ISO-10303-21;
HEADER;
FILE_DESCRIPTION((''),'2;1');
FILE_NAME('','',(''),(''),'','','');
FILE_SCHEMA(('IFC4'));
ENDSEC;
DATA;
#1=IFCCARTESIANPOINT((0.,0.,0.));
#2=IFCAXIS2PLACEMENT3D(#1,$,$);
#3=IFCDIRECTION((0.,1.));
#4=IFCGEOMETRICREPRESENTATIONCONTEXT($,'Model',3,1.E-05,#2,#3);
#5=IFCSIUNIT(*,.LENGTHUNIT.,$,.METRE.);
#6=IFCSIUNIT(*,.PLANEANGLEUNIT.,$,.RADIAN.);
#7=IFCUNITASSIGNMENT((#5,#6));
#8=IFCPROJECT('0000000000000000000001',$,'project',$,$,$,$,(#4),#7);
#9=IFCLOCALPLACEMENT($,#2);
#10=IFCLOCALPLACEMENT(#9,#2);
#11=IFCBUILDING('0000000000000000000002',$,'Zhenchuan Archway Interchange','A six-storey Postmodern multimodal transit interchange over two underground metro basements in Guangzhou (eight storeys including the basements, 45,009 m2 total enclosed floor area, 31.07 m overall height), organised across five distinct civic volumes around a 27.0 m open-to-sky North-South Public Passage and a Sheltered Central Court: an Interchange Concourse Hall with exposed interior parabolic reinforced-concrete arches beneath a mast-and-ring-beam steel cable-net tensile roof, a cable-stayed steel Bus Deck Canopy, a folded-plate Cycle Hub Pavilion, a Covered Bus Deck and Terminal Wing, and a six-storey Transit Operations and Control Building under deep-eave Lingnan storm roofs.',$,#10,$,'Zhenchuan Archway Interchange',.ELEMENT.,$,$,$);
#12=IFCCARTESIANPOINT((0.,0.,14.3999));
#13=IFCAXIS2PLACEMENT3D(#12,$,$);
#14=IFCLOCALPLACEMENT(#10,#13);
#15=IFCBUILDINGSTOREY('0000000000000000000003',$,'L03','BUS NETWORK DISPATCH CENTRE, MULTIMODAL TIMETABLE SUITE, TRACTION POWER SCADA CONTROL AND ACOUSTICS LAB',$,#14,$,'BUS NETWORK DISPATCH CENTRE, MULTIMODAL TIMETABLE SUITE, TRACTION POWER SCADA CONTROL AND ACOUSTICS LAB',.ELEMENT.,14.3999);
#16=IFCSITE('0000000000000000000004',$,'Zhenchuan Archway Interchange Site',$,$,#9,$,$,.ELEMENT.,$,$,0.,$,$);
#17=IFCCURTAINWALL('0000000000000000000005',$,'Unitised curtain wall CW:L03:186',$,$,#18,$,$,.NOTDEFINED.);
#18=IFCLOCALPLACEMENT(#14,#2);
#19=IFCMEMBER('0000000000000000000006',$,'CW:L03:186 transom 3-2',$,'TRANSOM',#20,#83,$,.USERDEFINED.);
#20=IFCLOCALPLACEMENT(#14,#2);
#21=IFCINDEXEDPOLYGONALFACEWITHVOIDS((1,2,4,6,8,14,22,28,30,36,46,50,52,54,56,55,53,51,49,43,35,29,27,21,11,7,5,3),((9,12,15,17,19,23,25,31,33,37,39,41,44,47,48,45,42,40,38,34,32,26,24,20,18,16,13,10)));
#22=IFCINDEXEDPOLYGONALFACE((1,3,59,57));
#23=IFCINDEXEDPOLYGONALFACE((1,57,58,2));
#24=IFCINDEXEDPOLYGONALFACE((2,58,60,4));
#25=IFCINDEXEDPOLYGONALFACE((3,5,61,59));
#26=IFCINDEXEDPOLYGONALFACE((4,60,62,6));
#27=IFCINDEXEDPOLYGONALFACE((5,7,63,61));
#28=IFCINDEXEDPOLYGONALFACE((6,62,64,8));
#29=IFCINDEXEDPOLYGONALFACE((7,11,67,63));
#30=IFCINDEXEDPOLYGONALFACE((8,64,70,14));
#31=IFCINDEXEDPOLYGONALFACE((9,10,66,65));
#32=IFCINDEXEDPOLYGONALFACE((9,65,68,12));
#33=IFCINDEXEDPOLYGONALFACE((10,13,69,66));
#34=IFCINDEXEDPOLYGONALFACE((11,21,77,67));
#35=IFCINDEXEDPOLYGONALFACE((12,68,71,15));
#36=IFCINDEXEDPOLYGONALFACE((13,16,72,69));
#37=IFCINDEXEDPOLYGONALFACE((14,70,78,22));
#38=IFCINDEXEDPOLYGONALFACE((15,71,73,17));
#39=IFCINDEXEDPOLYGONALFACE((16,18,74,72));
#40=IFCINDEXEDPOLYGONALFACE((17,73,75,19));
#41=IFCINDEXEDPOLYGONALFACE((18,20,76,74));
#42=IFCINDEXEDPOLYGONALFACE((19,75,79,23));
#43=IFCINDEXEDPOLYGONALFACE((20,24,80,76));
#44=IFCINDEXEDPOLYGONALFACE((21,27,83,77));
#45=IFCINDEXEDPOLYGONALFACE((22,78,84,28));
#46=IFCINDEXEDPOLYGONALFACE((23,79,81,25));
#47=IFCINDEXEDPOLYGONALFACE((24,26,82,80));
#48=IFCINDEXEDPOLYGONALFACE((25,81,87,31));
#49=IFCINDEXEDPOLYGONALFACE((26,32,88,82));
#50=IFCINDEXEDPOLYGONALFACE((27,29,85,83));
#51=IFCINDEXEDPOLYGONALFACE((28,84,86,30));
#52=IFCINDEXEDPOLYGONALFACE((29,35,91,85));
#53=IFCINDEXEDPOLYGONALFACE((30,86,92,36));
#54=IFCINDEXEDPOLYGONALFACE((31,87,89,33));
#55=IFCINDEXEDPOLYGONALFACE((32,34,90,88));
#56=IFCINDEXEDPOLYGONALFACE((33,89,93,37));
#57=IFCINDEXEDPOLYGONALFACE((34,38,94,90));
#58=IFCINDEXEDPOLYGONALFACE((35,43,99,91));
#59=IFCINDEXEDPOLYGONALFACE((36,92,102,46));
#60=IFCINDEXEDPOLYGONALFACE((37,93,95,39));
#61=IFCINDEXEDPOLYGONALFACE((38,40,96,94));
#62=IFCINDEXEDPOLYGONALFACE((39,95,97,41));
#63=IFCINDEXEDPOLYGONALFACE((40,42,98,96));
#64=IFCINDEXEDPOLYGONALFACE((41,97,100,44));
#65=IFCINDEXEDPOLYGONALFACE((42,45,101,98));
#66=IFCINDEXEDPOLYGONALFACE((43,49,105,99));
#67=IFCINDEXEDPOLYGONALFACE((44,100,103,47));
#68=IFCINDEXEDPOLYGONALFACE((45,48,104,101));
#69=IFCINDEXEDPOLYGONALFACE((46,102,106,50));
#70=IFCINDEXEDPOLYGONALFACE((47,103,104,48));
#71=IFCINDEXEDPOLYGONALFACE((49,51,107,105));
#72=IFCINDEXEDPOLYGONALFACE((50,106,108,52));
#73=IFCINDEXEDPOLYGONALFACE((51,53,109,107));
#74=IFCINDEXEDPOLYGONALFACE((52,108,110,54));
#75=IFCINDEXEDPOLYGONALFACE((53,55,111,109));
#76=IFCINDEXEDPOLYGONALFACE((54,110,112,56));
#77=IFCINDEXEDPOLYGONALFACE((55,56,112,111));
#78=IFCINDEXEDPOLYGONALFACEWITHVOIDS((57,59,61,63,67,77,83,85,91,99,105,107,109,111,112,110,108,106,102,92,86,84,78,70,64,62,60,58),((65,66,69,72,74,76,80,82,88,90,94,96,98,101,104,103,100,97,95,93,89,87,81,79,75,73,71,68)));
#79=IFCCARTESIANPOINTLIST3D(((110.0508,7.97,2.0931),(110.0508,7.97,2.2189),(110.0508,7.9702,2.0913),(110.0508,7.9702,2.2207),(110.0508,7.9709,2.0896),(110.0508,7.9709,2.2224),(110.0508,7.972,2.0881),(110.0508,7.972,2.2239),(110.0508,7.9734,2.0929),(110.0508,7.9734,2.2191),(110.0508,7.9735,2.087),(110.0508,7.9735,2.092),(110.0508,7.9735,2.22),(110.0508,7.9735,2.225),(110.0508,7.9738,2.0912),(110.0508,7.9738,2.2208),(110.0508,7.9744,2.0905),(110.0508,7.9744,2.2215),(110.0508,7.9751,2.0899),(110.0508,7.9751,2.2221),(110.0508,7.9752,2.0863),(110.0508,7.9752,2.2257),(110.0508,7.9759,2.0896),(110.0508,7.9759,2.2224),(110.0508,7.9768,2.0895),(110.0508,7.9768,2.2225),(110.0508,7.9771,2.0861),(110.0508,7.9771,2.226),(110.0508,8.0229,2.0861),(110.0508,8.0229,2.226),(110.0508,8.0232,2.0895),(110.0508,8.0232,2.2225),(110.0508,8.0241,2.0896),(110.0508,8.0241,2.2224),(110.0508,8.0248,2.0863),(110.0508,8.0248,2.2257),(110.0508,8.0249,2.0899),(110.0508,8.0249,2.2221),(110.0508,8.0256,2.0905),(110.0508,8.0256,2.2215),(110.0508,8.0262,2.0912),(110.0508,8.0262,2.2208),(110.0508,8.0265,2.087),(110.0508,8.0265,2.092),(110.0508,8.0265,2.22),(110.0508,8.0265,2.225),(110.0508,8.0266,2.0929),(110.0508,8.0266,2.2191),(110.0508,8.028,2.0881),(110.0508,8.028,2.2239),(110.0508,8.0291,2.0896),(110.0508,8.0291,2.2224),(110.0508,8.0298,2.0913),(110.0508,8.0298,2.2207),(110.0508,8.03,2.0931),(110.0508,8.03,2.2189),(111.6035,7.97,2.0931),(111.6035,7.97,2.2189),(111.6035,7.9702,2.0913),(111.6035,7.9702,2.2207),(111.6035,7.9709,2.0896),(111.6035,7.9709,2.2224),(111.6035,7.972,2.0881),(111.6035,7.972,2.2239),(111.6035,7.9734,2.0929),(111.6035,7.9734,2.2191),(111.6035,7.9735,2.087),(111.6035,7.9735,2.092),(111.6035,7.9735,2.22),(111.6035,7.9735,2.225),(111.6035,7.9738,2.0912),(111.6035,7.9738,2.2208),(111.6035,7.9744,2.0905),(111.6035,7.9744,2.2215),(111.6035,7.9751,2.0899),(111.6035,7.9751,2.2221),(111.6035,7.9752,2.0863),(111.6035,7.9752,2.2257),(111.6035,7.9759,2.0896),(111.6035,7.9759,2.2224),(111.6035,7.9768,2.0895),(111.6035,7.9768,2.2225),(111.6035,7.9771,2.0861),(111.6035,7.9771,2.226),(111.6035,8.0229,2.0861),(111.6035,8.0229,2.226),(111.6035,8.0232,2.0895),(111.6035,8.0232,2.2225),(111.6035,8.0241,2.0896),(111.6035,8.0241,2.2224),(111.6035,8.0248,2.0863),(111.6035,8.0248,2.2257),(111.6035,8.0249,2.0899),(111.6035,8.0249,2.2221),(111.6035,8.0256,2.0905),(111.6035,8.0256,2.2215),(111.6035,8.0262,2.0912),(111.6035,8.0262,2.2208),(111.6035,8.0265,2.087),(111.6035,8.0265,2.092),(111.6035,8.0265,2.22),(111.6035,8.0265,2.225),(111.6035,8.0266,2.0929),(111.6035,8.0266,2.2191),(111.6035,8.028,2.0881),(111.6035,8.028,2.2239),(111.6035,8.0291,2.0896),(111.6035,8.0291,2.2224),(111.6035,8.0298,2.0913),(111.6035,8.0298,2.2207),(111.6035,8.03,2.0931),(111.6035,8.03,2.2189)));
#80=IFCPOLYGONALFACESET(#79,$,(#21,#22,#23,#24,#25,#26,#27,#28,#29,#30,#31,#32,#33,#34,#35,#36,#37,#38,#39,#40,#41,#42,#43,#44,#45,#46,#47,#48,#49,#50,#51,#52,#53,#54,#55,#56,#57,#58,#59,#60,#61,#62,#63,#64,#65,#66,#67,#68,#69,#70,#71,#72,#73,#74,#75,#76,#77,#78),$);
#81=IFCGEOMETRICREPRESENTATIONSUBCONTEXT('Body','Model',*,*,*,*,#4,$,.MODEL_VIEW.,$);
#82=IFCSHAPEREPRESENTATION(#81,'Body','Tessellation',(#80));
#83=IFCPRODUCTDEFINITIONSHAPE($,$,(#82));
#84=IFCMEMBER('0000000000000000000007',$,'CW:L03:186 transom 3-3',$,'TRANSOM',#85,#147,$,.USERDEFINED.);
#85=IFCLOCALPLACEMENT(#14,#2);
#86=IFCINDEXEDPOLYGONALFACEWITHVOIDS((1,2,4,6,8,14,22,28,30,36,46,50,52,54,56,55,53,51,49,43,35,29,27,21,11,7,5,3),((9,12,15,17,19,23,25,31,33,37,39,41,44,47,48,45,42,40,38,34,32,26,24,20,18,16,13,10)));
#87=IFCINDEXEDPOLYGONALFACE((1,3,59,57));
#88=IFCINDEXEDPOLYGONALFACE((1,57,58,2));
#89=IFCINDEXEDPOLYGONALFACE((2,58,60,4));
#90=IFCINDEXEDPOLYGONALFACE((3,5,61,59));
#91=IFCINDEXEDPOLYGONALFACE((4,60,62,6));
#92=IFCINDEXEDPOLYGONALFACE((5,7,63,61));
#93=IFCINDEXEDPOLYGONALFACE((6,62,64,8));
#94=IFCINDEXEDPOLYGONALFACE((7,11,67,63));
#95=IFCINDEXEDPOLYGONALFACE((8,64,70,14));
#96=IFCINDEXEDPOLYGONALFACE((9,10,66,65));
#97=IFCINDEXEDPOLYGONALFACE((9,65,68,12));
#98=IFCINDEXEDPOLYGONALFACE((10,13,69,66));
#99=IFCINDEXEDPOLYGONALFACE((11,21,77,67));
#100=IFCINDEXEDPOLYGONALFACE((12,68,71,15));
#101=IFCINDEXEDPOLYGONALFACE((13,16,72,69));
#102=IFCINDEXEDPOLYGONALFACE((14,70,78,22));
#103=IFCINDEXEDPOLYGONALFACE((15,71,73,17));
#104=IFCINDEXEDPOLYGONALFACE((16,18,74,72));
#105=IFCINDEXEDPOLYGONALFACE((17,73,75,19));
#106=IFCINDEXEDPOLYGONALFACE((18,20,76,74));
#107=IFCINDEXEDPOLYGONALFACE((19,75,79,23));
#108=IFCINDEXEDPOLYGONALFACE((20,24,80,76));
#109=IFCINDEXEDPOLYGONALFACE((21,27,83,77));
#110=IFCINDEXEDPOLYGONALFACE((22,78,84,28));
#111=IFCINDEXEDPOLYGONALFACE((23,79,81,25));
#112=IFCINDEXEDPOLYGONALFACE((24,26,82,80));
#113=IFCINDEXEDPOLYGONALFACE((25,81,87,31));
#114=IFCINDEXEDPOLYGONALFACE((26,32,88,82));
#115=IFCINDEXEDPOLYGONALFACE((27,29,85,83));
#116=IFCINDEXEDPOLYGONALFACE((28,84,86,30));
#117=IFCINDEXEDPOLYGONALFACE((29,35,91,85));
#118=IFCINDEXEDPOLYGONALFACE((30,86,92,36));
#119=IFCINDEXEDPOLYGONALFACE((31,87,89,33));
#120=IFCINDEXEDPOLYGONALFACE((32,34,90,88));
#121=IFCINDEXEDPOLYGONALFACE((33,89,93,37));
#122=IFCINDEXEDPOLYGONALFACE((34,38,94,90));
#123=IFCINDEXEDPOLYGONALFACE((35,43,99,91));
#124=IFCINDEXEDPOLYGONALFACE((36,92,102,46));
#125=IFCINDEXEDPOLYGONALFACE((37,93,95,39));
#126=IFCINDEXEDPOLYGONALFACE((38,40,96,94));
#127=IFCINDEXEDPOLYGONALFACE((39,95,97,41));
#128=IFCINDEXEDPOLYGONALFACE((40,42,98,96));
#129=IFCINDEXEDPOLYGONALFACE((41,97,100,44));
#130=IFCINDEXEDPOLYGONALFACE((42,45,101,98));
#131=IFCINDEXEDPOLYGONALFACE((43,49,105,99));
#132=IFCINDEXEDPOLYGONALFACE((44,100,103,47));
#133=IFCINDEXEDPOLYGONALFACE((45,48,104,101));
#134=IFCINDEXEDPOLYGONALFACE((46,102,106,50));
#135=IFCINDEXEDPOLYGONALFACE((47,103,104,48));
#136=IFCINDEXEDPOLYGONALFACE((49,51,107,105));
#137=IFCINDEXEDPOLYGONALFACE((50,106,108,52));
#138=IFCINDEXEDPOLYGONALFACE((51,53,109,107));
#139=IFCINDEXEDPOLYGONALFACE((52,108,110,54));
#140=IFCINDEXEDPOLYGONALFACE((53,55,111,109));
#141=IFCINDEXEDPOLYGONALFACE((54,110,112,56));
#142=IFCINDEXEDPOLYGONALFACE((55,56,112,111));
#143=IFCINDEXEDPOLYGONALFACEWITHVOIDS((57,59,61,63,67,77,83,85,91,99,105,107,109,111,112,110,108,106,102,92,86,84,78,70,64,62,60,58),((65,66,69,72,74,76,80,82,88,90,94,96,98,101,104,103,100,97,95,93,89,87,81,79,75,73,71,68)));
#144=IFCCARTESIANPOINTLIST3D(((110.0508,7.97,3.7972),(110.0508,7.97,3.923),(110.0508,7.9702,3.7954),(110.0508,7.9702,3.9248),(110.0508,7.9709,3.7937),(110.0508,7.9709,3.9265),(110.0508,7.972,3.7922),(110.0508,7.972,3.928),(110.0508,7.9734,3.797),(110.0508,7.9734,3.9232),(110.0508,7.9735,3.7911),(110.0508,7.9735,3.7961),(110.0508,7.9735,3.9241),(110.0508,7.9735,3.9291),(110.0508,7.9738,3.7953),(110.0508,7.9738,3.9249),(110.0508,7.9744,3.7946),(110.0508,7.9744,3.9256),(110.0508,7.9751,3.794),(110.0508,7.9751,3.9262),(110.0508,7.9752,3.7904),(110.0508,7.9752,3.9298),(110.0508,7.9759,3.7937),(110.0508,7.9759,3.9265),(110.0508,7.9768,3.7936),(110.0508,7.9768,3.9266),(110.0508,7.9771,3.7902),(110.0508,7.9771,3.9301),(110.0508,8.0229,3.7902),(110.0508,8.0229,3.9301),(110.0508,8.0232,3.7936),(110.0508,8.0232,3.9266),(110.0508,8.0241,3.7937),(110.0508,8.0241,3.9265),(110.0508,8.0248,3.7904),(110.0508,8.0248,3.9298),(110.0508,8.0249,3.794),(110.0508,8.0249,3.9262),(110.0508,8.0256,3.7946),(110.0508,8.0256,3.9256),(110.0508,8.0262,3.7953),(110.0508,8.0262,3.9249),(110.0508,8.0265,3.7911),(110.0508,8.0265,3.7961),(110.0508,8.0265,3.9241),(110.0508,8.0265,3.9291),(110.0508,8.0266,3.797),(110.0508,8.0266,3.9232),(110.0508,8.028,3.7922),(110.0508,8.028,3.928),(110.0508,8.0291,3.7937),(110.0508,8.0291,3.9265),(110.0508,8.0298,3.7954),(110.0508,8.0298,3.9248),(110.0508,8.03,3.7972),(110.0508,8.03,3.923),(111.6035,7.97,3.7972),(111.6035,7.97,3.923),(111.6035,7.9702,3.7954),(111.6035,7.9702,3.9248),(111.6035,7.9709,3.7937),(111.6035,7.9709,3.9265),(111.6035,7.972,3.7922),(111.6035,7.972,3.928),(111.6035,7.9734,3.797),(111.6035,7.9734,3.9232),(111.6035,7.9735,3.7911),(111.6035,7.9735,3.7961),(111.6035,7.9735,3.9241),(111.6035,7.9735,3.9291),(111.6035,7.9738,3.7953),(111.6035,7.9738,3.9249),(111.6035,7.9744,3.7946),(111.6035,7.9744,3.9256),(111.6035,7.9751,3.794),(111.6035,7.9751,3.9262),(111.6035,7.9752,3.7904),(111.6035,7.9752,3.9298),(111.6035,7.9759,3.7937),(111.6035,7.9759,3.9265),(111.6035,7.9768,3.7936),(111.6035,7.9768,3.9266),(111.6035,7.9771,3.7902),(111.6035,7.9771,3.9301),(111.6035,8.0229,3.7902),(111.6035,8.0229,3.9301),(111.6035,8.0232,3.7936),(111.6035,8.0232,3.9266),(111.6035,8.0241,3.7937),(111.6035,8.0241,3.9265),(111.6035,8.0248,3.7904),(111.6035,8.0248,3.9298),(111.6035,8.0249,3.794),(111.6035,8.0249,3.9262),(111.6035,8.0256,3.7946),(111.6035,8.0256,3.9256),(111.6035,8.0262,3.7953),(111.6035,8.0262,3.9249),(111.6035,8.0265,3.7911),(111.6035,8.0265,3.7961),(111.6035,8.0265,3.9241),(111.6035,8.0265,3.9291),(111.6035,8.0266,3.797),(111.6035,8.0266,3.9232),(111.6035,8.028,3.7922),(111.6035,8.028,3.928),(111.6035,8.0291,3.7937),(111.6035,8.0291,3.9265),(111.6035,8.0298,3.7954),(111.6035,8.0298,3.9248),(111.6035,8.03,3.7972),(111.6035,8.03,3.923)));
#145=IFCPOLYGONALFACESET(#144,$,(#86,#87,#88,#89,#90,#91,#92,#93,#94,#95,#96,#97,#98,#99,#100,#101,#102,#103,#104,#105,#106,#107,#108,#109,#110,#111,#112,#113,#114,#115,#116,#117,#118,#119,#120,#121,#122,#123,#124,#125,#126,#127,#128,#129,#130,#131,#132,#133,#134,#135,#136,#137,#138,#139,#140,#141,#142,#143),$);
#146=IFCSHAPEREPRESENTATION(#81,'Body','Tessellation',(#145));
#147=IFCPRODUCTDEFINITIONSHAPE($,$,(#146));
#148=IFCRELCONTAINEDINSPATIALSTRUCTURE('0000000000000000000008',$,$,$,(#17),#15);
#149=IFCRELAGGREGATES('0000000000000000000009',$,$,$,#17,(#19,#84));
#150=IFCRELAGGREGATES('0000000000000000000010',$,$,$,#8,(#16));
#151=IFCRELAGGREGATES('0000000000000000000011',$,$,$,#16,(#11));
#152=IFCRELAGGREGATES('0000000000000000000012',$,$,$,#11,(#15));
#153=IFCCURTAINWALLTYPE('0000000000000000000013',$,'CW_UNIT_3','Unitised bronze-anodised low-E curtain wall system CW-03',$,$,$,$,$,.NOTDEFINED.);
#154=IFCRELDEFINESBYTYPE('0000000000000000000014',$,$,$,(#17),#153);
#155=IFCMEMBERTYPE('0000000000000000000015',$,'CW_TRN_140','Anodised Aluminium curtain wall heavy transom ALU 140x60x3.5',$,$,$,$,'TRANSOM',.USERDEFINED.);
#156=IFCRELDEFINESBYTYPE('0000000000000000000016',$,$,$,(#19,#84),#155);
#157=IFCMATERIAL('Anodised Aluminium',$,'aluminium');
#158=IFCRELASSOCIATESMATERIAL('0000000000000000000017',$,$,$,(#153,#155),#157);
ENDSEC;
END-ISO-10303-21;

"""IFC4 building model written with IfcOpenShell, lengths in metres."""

from ifc_helpers import new_model, si_unit, direction, frame, origin, origin_2d, place, context, subcontext, project, spatial, hollow_rectangle, extrude, material, material_profile, profile_set, type_object, element, aggregate, save


model = new_model("IFC4")

# Units and contexts
model_context = context("Model", 3, precision=1e-05, world=origin(), true_north=direction((0.0, 1.0)))
body_context = subcontext(model_context, "Body", "Model", "MODEL_VIEW")
ifc_project = project(units=[si_unit("LENGTHUNIT", "METRE"), si_unit("PLANEANGLEUNIT", "RADIAN")], contexts=[model_context])

# Site, building, storey
site_placement = place(None, origin())
site = spatial("IfcSite", under=ifc_project, at=site_placement, Name="Zhenchuan Archway Interchange Site", CompositionType="ELEMENT", RefElevation=0.0)
building_placement = place(site_placement, origin())
building = spatial("IfcBuilding", under=site, at=building_placement, Name="Zhenchuan Archway Interchange", Description="A six-storey Postmodern multimodal transit interchange over two underground metro basements in Guangzhou (eight storeys including the basements, 45,009 m2 total enclosed floor area, 31.07 m overall height), organised across five distinct civic volumes around a 27.0 m open-to-sky North-South Public Passage and a Sheltered Central Court: an Interchange Concourse Hall with exposed interior parabolic reinforced-concrete arches beneath a mast-and-ring-beam steel cable-net tensile roof, a cable-stayed steel Bus Deck Canopy, a folded-plate Cycle Hub Pavilion, a Covered Bus Deck and Terminal Wing, and a six-storey Transit Operations and Control Building under deep-eave Lingnan storm roofs.", LongName="Zhenchuan Archway Interchange", CompositionType="ELEMENT")
storey_placement = place(building_placement, frame((0.0, 0.0, 14.3999)))
storey = spatial("IfcBuildingStorey", under=building, at=storey_placement, Name="L03", Description="BUS NETWORK DISPATCH CENTRE, MULTIMODAL TIMETABLE SUITE, TRACTION POWER SCADA CONTROL AND ACOUSTICS LAB", LongName="BUS NETWORK DISPATCH CENTRE, MULTIMODAL TIMETABLE SUITE, TRACTION POWER SCADA CONTROL AND ACOUSTICS LAB", CompositionType="ELEMENT", Elevation=14.3999)

# Curtain wall, members
ifc_material_1 = material(Name="Anodised Aluminium", Category="aluminium")
curtain_wall_type = type_object("IfcCurtainWallType", Name="CW_UNIT_3", Description="Unitised bronze-anodised low-E curtain wall system CW-03", PredefinedType="NOTDEFINED", material=ifc_material_1)
curtain_wall_placement = place(storey_placement, origin())
curtain_wall = element("IfcCurtainWall", 1, at=curtain_wall_placement, inside=storey, type_object=curtain_wall_type, Name="Unitised curtain wall CW:L03:186", PredefinedType="NOTDEFINED")
ifc_material_profile_1 = material_profile(ifc_material_1, hollow_rectangle(XDim=0.0601, YDim=0.1399, WallThickness=0.0034, InnerFilletRadius=0.0034, OuterFilletRadius=0.0071, at=origin_2d()), Name="ALU 140x60x3.5")
ifc_profile_set_1 = profile_set([ifc_material_profile_1], Name="Anodised Aluminium")
member_type_1 = type_object("IfcMemberType", Name="CW_TRN_140", Description="Anodised Aluminium curtain wall heavy transom ALU 140x60x3.5", ElementType="TRANSOM", PredefinedType="USERDEFINED", material=ifc_profile_set_1)
member_1_placement = place(storey_placement, frame((111.6035, 8.0, 2.156), z_axis=(-1.0, 0.0, 0.0), x_axis=(0.0, -1.0, 0.0)))
member_1 = element("IfcMember", 2, at=member_1_placement, type_object=member_type_1, Name="CW:L03:186 transom 3-2", ObjectType="TRANSOM", PredefinedType="USERDEFINED", context=body_context, shape_type="SweptSolid", body=[
    extrude(hollow_rectangle(XDim=0.0601, YDim=0.1399, WallThickness=0.0034, InnerFilletRadius=0.0034, OuterFilletRadius=0.0071, at=origin_2d()), origin(), (0.0, 0.0, 1.0), 1.5527),
])
member_2_placement = place(storey_placement, frame((111.6035, 8.0, 3.8601), z_axis=(-1.0, 0.0, 0.0), x_axis=(0.0, -1.0, 0.0)))
member_2 = element("IfcMember", 3, at=member_2_placement, type_object=member_type_1, Name="CW:L03:186 transom 3-3", ObjectType="TRANSOM", PredefinedType="USERDEFINED", context=body_context, shape_type="SweptSolid", body=[
    extrude(hollow_rectangle(XDim=0.0601, YDim=0.1399, WallThickness=0.0034, InnerFilletRadius=0.0034, OuterFilletRadius=0.0071, at=origin_2d()), origin(), (0.0, 0.0, 1.0), 1.5527),
])

aggregate(curtain_wall, [member_1, member_2])

save(model, "model.ifc")
